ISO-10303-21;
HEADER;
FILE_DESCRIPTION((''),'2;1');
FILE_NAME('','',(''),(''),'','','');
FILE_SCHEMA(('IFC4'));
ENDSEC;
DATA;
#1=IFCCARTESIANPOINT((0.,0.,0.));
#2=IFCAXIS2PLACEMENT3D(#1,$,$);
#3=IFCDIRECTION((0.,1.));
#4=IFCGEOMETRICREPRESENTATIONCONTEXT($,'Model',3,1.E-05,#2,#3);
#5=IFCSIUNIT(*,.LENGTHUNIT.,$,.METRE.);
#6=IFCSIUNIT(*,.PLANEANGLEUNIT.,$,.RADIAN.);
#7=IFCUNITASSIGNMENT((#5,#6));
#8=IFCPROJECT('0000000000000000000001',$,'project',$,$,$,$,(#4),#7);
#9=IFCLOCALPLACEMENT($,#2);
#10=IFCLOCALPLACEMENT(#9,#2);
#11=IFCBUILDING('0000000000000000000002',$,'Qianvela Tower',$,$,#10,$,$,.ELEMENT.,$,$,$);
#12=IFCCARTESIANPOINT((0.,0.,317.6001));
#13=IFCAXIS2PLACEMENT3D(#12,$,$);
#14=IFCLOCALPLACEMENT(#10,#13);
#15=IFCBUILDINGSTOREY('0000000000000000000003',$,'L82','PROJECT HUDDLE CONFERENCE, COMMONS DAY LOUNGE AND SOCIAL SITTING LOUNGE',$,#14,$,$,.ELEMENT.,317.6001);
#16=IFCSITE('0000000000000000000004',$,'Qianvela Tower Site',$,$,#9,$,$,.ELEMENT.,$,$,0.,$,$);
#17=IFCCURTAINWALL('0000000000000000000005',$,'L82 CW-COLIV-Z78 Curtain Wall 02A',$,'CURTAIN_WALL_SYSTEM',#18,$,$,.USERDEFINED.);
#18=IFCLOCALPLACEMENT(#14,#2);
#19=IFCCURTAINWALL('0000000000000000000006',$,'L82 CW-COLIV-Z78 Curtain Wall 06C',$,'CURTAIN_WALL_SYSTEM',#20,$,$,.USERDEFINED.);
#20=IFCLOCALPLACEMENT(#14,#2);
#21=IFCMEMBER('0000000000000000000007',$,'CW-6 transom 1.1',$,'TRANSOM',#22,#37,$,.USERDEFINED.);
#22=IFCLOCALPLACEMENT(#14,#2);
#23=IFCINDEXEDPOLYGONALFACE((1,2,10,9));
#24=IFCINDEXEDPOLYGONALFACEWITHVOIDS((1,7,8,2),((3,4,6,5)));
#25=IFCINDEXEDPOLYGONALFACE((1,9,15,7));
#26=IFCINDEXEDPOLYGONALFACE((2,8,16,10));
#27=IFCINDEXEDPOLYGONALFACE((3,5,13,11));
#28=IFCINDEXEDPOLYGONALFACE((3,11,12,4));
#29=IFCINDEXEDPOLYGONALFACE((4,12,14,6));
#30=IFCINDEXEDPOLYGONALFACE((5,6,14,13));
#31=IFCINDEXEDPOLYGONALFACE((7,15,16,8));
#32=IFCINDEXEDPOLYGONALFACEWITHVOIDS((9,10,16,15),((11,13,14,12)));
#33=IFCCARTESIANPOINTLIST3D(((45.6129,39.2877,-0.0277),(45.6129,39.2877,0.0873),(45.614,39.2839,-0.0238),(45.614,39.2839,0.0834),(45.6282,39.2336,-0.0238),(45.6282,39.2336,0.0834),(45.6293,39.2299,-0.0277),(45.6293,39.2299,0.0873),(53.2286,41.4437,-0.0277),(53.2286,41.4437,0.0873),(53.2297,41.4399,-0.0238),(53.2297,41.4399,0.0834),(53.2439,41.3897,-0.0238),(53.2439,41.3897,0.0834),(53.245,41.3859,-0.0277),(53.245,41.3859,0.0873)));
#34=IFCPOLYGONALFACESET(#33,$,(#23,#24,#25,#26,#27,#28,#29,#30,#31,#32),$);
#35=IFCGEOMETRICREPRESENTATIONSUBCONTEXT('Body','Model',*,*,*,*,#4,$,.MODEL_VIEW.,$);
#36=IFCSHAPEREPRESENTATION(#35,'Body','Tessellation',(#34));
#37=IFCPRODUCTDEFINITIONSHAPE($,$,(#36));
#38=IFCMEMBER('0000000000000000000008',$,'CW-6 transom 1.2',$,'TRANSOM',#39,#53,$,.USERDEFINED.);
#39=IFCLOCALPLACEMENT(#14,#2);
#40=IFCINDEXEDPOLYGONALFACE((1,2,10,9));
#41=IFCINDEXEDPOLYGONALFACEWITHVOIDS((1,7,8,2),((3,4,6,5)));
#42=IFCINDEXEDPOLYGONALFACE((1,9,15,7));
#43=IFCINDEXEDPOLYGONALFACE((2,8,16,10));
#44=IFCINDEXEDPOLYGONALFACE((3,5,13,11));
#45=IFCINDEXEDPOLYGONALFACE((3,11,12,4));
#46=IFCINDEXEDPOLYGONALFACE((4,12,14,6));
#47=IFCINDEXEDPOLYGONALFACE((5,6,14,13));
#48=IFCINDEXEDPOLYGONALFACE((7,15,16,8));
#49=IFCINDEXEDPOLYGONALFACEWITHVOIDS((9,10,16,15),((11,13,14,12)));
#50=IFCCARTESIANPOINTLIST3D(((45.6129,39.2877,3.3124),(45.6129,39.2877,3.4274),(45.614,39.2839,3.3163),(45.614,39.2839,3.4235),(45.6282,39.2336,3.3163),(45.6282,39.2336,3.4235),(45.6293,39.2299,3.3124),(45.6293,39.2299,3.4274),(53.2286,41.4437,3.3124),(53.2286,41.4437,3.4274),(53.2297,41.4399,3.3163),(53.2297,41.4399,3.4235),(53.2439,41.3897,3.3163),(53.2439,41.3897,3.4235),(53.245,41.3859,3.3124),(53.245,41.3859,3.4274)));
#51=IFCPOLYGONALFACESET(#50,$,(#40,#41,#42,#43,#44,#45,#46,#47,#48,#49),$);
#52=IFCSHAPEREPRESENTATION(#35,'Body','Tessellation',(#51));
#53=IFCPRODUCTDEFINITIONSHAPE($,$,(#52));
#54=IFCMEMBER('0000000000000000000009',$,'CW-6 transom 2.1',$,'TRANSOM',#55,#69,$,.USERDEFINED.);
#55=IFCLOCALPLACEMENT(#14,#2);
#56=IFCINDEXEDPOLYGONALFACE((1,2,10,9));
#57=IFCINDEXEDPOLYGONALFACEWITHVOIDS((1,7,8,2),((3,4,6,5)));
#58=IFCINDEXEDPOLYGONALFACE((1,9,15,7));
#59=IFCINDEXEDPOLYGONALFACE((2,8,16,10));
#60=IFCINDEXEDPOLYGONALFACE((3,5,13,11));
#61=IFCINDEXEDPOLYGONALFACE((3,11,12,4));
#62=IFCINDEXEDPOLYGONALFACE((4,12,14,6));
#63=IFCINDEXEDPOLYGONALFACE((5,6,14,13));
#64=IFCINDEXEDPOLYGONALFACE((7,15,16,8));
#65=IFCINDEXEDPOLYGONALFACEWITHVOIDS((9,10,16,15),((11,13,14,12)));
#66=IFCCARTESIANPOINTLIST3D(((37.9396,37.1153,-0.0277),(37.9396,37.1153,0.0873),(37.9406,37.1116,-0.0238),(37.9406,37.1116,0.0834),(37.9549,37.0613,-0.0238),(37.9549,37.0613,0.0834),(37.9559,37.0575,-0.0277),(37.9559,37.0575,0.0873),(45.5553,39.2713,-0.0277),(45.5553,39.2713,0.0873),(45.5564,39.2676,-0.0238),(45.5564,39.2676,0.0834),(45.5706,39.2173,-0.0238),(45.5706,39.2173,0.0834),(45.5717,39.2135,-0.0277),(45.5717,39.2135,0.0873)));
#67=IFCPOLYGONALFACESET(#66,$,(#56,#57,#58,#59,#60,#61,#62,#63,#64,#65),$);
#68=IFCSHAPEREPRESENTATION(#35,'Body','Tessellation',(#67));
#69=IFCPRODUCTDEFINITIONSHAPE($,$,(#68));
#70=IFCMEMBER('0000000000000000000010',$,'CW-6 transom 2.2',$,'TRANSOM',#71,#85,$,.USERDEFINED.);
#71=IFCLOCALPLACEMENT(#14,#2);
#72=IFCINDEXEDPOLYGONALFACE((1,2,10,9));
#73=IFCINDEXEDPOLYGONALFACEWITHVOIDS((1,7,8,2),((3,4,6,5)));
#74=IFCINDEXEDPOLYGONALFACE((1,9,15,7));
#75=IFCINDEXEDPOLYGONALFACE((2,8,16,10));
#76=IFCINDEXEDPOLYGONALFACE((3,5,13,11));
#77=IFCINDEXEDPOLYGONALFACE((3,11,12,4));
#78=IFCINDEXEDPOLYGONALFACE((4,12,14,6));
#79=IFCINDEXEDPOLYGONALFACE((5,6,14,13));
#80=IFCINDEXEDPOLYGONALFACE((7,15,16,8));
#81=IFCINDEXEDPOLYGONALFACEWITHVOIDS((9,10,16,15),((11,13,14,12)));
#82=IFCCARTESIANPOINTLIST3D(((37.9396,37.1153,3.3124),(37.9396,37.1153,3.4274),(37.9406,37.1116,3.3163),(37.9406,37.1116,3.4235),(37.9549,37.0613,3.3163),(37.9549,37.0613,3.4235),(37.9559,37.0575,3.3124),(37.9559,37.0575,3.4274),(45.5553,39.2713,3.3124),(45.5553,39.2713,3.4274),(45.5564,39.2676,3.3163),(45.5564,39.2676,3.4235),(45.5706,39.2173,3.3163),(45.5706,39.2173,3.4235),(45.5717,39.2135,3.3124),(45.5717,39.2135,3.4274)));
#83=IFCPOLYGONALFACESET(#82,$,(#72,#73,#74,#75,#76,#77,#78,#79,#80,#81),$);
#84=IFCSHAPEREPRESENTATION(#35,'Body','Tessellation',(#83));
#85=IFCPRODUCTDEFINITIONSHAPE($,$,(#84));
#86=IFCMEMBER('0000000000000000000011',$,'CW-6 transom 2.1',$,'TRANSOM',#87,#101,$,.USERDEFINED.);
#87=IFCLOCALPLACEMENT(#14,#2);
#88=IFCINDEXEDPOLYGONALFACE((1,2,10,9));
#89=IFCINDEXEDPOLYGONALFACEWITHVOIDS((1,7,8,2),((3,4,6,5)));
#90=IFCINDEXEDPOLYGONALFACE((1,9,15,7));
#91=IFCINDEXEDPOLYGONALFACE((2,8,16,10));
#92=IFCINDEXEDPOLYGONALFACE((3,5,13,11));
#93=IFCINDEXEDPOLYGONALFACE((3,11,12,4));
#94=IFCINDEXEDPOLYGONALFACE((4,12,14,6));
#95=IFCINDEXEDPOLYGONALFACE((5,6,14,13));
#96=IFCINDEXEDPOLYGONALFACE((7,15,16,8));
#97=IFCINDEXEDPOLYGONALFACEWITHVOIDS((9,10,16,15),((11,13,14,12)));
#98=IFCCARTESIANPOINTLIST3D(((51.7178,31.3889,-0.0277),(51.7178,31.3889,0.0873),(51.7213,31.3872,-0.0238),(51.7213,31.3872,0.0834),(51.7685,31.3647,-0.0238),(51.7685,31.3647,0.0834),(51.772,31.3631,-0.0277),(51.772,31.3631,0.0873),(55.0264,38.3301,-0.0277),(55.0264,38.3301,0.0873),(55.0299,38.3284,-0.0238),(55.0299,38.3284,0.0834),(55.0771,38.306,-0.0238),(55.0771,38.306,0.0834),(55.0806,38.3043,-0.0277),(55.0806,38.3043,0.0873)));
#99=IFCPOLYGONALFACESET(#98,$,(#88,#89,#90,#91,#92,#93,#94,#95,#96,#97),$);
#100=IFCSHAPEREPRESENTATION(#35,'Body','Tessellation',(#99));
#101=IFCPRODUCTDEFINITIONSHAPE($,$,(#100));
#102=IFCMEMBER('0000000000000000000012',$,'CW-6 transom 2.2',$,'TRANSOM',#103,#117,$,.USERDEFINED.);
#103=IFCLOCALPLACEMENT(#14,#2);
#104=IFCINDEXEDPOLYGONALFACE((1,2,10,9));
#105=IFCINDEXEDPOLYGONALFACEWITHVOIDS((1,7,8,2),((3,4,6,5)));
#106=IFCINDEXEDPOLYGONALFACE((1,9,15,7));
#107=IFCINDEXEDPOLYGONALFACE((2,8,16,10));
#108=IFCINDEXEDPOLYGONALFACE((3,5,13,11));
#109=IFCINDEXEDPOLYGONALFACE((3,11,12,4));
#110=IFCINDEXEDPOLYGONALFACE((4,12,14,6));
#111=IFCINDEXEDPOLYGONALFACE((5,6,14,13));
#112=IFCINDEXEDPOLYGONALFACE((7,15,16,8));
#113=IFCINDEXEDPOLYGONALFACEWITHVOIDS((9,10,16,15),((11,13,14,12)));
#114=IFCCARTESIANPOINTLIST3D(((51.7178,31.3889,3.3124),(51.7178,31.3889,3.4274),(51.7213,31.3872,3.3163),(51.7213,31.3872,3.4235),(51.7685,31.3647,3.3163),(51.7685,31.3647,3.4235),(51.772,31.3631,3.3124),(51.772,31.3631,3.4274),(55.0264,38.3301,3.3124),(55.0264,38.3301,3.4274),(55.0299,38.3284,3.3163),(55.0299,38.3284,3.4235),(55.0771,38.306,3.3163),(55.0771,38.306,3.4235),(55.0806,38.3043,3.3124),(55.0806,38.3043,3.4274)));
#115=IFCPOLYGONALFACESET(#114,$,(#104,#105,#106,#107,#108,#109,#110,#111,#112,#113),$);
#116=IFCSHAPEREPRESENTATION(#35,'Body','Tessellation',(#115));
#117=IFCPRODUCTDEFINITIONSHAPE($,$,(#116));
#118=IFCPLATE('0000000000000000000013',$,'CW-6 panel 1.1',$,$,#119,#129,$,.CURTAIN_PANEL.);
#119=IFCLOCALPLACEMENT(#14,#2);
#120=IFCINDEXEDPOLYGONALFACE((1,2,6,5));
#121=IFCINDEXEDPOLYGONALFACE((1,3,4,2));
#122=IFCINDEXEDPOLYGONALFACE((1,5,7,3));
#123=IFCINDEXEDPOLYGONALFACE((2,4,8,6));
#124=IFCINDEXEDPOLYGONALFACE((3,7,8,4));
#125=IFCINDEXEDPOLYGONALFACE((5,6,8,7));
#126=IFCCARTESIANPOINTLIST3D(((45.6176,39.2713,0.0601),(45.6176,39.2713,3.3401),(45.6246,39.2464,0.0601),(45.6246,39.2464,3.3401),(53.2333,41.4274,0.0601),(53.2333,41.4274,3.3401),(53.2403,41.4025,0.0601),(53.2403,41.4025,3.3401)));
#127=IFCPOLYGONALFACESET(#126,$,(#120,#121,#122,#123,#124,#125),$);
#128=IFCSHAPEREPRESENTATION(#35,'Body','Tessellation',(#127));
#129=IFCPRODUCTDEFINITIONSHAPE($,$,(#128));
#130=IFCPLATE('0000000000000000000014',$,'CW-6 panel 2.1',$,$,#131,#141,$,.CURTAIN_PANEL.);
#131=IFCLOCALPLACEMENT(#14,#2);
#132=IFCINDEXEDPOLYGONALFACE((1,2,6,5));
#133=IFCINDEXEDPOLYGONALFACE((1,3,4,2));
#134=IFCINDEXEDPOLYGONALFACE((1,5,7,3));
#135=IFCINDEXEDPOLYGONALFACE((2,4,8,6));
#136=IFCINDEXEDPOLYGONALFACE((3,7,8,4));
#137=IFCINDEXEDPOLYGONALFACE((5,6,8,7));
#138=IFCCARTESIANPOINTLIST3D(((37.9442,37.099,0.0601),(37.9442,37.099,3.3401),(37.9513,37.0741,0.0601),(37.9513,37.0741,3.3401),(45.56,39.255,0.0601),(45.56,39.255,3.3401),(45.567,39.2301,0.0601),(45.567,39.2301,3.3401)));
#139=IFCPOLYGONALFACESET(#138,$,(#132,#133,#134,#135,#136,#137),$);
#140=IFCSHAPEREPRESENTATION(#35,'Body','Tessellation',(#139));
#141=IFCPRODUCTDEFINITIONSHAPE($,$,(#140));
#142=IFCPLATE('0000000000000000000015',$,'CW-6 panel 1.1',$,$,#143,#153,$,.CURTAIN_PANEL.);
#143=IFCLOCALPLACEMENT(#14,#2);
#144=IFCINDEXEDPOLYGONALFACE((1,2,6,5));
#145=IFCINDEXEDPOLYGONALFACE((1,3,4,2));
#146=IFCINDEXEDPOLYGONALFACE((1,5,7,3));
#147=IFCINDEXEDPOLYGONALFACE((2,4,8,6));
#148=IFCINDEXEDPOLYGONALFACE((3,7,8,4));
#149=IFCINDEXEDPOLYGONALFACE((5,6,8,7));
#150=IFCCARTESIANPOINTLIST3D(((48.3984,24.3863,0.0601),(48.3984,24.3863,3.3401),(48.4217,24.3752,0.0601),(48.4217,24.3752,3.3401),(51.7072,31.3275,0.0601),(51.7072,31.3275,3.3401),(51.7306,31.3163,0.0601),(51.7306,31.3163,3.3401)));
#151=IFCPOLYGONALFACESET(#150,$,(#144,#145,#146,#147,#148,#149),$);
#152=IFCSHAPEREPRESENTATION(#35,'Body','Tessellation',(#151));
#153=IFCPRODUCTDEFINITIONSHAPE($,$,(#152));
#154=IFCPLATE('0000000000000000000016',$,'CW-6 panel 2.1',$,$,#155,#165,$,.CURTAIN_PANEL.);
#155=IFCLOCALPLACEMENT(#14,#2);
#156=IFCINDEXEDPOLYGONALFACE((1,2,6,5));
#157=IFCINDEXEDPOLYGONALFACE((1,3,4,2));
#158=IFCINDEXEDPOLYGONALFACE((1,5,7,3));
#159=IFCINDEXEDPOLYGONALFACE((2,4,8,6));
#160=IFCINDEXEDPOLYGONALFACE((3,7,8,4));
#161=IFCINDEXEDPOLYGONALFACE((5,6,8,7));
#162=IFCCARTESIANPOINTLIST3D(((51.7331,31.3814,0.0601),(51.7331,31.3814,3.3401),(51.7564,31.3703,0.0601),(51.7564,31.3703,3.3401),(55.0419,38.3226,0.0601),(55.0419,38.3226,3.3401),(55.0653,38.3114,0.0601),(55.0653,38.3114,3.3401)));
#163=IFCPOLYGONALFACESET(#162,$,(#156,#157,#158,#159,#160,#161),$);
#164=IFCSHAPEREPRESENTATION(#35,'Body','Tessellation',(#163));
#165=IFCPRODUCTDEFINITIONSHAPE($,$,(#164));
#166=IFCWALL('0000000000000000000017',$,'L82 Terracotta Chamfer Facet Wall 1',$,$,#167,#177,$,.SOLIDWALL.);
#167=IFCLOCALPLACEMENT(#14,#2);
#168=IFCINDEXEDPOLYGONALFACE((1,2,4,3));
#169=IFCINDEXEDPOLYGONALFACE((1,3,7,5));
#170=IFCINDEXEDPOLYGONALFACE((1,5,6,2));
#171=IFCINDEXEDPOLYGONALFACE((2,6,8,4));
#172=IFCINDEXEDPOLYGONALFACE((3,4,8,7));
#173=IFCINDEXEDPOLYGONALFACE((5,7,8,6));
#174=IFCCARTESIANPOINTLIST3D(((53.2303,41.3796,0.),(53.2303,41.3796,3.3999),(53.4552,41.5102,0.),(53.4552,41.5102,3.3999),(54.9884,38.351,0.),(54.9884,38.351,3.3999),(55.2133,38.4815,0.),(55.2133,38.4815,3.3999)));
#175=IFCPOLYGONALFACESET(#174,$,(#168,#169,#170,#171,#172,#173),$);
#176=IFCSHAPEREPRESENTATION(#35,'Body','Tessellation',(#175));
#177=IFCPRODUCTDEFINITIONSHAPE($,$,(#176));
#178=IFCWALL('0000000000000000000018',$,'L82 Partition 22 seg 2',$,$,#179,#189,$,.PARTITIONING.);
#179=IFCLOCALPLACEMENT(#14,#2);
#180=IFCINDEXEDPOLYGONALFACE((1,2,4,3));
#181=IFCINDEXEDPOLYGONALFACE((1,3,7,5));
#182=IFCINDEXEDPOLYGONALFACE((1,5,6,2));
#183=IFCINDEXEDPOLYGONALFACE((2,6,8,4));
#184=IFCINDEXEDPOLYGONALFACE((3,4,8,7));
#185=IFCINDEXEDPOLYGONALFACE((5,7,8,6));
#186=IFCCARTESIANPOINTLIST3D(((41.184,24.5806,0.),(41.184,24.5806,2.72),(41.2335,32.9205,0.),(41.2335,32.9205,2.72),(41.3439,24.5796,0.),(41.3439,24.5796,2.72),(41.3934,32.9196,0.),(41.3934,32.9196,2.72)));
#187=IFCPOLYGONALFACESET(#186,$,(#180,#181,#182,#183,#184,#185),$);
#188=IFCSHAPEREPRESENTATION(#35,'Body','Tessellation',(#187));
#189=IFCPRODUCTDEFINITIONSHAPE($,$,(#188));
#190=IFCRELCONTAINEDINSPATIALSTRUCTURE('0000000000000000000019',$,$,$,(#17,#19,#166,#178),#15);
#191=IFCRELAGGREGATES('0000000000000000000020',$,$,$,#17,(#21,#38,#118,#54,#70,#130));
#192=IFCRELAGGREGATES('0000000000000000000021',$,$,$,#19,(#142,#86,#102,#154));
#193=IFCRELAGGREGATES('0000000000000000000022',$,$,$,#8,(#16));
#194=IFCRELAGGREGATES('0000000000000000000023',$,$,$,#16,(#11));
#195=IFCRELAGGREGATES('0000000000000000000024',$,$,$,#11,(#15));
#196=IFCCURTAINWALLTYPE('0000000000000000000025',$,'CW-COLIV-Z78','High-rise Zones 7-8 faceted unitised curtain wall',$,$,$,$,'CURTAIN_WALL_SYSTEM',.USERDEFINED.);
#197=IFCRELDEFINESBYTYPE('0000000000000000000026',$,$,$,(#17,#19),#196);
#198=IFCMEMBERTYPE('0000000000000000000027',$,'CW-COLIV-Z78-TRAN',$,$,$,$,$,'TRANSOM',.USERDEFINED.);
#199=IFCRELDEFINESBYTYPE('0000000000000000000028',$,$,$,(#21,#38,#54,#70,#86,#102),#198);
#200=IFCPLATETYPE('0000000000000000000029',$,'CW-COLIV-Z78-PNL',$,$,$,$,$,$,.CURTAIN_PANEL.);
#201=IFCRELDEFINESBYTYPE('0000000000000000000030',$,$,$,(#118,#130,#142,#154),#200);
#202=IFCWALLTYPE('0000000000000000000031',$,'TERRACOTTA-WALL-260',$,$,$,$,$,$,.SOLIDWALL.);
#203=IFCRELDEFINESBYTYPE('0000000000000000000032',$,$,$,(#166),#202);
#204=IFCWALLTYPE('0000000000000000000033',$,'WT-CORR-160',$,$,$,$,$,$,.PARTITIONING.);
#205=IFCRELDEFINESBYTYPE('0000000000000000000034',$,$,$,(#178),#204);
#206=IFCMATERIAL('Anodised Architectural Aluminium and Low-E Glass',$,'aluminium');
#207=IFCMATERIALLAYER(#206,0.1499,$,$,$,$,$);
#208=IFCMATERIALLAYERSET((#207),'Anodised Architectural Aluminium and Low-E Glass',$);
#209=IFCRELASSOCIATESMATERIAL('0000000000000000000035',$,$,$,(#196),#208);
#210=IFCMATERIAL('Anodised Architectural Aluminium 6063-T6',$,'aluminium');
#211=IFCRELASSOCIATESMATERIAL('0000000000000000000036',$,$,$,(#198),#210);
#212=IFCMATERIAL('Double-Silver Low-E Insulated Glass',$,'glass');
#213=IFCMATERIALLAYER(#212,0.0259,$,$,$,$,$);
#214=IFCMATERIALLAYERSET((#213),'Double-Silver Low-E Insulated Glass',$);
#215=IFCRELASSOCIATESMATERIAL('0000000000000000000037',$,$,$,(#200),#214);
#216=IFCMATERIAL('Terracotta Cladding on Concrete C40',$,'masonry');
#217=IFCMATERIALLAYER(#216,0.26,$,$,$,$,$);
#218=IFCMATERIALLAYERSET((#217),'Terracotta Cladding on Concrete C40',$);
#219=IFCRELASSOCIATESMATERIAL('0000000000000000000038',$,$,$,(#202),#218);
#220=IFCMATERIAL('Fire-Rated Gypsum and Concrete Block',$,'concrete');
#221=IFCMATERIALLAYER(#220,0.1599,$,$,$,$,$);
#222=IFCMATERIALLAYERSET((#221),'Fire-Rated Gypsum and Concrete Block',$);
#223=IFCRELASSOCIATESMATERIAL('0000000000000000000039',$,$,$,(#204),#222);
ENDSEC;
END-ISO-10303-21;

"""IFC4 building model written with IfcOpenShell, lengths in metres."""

from ifc_helpers import new_model, si_unit, direction, frame, frame_2d, origin, origin_2d, place, context, subcontext, project, spatial, rectangle, hollow_rectangle, extrude, material, layer, layer_set, material_profile, profile_set, type_object, element, aggregate, save


model = new_model("IFC4")

# Units and contexts
model_context = context("Model", 3, precision=1e-05, world=origin(), true_north=direction((0.0, 1.0)))
body_context = subcontext(model_context, "Body", "Model", "MODEL_VIEW")
ifc_project = project(units=[si_unit("LENGTHUNIT", "METRE"), si_unit("PLANEANGLEUNIT", "RADIAN")], contexts=[model_context])

# Site, building, storey
site_placement = place(None, origin())
site = spatial("IfcSite", under=ifc_project, at=site_placement, Name="Qianvela Tower Site", CompositionType="ELEMENT", RefElevation=0.0)
building_placement = place(site_placement, origin())
building = spatial("IfcBuilding", under=site, at=building_placement, Name="Qianvela Tower", CompositionType="ELEMENT")
storey_placement = place(building_placement, frame((0.0, 0.0, 317.6001)))
storey = spatial("IfcBuildingStorey", under=building, at=storey_placement, Name="L82", Description="PROJECT HUDDLE CONFERENCE, COMMONS DAY LOUNGE AND SOCIAL SITTING LOUNGE", CompositionType="ELEMENT", Elevation=317.6001)

# Curtain walls
ifc_material_1 = material(Name="Anodised Architectural Aluminium and Low-E Glass", Category="aluminium")
ifc_layer_1 = layer(ifc_material_1, 0.1499)
ifc_layer_set_1 = layer_set([ifc_layer_1], Name="Anodised Architectural Aluminium and Low-E Glass")
curtain_wall_type = type_object("IfcCurtainWallType", Name="CW-COLIV-Z78", Description="High-rise Zones 7-8 faceted unitised curtain wall", ElementType="CURTAIN_WALL_SYSTEM", PredefinedType="USERDEFINED", material=ifc_layer_set_1)
curtain_wall_1_placement = place(storey_placement, origin())
curtain_wall_1 = element("IfcCurtainWall", 1, at=curtain_wall_1_placement, inside=storey, type_object=curtain_wall_type, Name="L82 CW-COLIV-Z78 Curtain Wall 02A", ObjectType="CURTAIN_WALL_SYSTEM", PredefinedType="USERDEFINED")
curtain_wall_2_placement = place(storey_placement, origin())
curtain_wall_2 = element("IfcCurtainWall", 2, at=curtain_wall_2_placement, inside=storey, type_object=curtain_wall_type, Name="L82 CW-COLIV-Z78 Curtain Wall 06C", ObjectType="CURTAIN_WALL_SYSTEM", PredefinedType="USERDEFINED")

# Members
ifc_material_2 = material(Name="Anodised Architectural Aluminium 6063-T6", Category="aluminium")
ifc_material_profile_1 = material_profile(ifc_material_2, hollow_rectangle(XDim=0.0601, YDim=0.115, WallThickness=0.0039, at=origin_2d()), Name="ALU-TRAN-60x115")
ifc_profile_set_1 = profile_set([ifc_material_profile_1], Name="Anodised Architectural Aluminium 6063-T6")
member_type_1 = type_object("IfcMemberType", Name="CW-COLIV-Z78-TRAN", ElementType="TRANSOM", PredefinedType="USERDEFINED", material=ifc_profile_set_1)
member_1_placement = place(storey_placement, frame((53.2368, 41.4148, 0.0298), z_axis=(-0.962186, -0.272394, 0.0), x_axis=(0.272394, -0.962186, 0.0)))
member_1 = element("IfcMember", 3, at=member_1_placement, type_object=member_type_1, Name="CW-6 transom 1.1", ObjectType="TRANSOM", PredefinedType="USERDEFINED", context=body_context, shape_type="SweptSolid", body=[
    extrude(hollow_rectangle(XDim=0.0601, YDim=0.115, WallThickness=0.0039, at=origin_2d()), origin(), (0.0, 0.0, 1.0), 7.915),
])
member_2_placement = place(storey_placement, frame((53.2368, 41.4148, 3.3699), z_axis=(-0.962186, -0.272394, 0.0), x_axis=(0.272394, -0.962186, 0.0)))
member_2 = element("IfcMember", 4, at=member_2_placement, type_object=member_type_1, Name="CW-6 transom 1.2", ObjectType="TRANSOM", PredefinedType="USERDEFINED", context=body_context, shape_type="SweptSolid", body=[
    extrude(hollow_rectangle(XDim=0.0601, YDim=0.115, WallThickness=0.0039, at=origin_2d()), origin(), (0.0, 0.0, 1.0), 7.915),
])
member_3_placement = place(storey_placement, frame((45.5635, 39.2424, 0.0298), z_axis=(-0.962186, -0.272394, 0.0), x_axis=(0.272394, -0.962186, 0.0)))
member_3 = element("IfcMember", 5, at=member_3_placement, type_object=member_type_1, Name="CW-6 transom 2.1", ObjectType="TRANSOM", PredefinedType="USERDEFINED", context=body_context, shape_type="SweptSolid", body=[
    extrude(hollow_rectangle(XDim=0.0601, YDim=0.115, WallThickness=0.0039, at=origin_2d()), origin(), (0.0, 0.0, 1.0), 7.915),
])
member_4_placement = place(storey_placement, frame((45.5635, 39.2424, 3.3699), z_axis=(-0.962186, -0.272394, 0.0), x_axis=(0.272394, -0.962186, 0.0)))
member_4 = element("IfcMember", 6, at=member_4_placement, type_object=member_type_1, Name="CW-6 transom 2.2", ObjectType="TRANSOM", PredefinedType="USERDEFINED", context=body_context, shape_type="SweptSolid", body=[
    extrude(hollow_rectangle(XDim=0.0601, YDim=0.115, WallThickness=0.0039, at=origin_2d()), origin(), (0.0, 0.0, 1.0), 7.915),
])
member_5_placement = place(storey_placement, frame((51.7449, 31.376, 0.0298), z_axis=(0.430281, 0.902695, 0.0), x_axis=(-0.902695, 0.430281, 0.0)))
member_5 = element("IfcMember", 7, at=member_5_placement, type_object=member_type_1, Name="CW-6 transom 2.1", ObjectType="TRANSOM", PredefinedType="USERDEFINED", context=body_context, shape_type="SweptSolid", body=[
    extrude(hollow_rectangle(XDim=0.0601, YDim=0.115, WallThickness=0.0039, at=origin_2d()), origin(), (0.0, 0.0, 1.0), 7.6895),
])
member_6_placement = place(storey_placement, frame((51.7449, 31.376, 3.3699), z_axis=(0.430281, 0.902695, 0.0), x_axis=(-0.902695, 0.430281, 0.0)))
member_6 = element("IfcMember", 8, at=member_6_placement, type_object=member_type_1, Name="CW-6 transom 2.2", ObjectType="TRANSOM", PredefinedType="USERDEFINED", context=body_context, shape_type="SweptSolid", body=[
    extrude(hollow_rectangle(XDim=0.0601, YDim=0.115, WallThickness=0.0039, at=origin_2d()), origin(), (0.0, 0.0, 1.0), 7.6895),
])

# Plates
ifc_material_3 = material(Name="Double-Silver Low-E Insulated Glass", Category="glass")
ifc_layer_2 = layer(ifc_material_3, 0.0259)
ifc_layer_set_2 = layer_set([ifc_layer_2], Name="Double-Silver Low-E Insulated Glass")
plate_type = type_object("IfcPlateType", Name="CW-COLIV-Z78-PNL", PredefinedType="CURTAIN_PANEL", material=ifc_layer_set_2)
plate_1_placement = place(storey_placement, frame((49.429, 40.3369, 0.0601), z_axis=(0.0, 0.0, 1.0), x_axis=(-0.962185, -0.272398, 0.0)))
plate_1 = element("IfcPlate", 9, at=plate_1_placement, type_object=plate_type, Name="CW-6 panel 1.1", PredefinedType="CURTAIN_PANEL", context=body_context, shape_type="SweptSolid", body=[
    extrude(rectangle(XDim=7.915, YDim=0.0259, at=origin_2d()), origin(), (0.0, 0.0, 1.0), 3.28),
])
plate_2_placement = place(storey_placement, frame((41.7556, 38.1646, 0.0601), z_axis=(0.0, 0.0, 1.0), x_axis=(-0.962185, -0.272398, 0.0)))
plate_2 = element("IfcPlate", 10, at=plate_2_placement, type_object=plate_type, Name="CW-6 panel 2.1", PredefinedType="CURTAIN_PANEL", context=body_context, shape_type="SweptSolid", body=[
    extrude(rectangle(XDim=7.915, YDim=0.0259, at=origin_2d()), origin(), (0.0, 0.0, 1.0), 3.28),
])
aggregate(curtain_wall_1, [member_1, member_2, plate_1, member_3, member_4, plate_2])
plate_3_placement = place(storey_placement, frame((50.0645, 27.8513, 0.0601), z_axis=(0.0, 0.0, 1.0), x_axis=(0.430308, 0.902682, 0.0)))
plate_3 = element("IfcPlate", 11, at=plate_3_placement, type_object=plate_type, Name="CW-6 panel 1.1", PredefinedType="CURTAIN_PANEL", context=body_context, shape_type="SweptSolid", body=[
    extrude(rectangle(XDim=7.6895, YDim=0.0259, at=origin_2d()), origin(), (0.0, 0.0, 1.0), 3.28),
])
plate_4_placement = place(storey_placement, frame((53.3992, 34.8464, 0.0601), z_axis=(0.0, 0.0, 1.0), x_axis=(0.430308, 0.902682, 0.0)))
plate_4 = element("IfcPlate", 12, at=plate_4_placement, type_object=plate_type, Name="CW-6 panel 2.1", PredefinedType="CURTAIN_PANEL", context=body_context, shape_type="SweptSolid", body=[
    extrude(rectangle(XDim=7.6895, YDim=0.0259, at=origin_2d()), origin(), (0.0, 0.0, 1.0), 3.28),
])
aggregate(curtain_wall_2, [plate_3, member_5, member_6, plate_4])

# Wall
ifc_material_4 = material(Name="Terracotta Cladding on Concrete C40", Category="masonry")
ifc_layer_3 = layer(ifc_material_4, 0.26)
ifc_layer_set_3 = layer_set([ifc_layer_3], Name="Terracotta Cladding on Concrete C40")
wall_type_1 = type_object("IfcWallType", Name="TERRACOTTA-WALL-260", PredefinedType="SOLIDWALL", material=ifc_layer_set_3)
wall_1_placement = place(storey_placement, frame((55.1008, 38.4163, 0.0), z_axis=(0.0, 0.0, 1.0), x_axis=(-0.502036, 0.864847, 0.0)))
element("IfcWall", 13, at=wall_1_placement, inside=storey, type_object=wall_type_1, Name="L82 Terracotta Chamfer Facet Wall 1", PredefinedType="SOLIDWALL", context=body_context, shape_type="SweptSolid", body=[
    extrude(rectangle(XDim=3.502, YDim=0.26, at=frame_2d((1.751, 0.0))), origin(), (0.0, 0.0, 1.0), 3.3999),
])

# Shared definitions
ifc_material_5 = material(Name="Fire-Rated Gypsum and Concrete Block", Category="concrete")
ifc_layer_4 = layer(ifc_material_5, 0.1599)
ifc_layer_set_4 = layer_set([ifc_layer_4], Name="Fire-Rated Gypsum and Concrete Block")
wall_type_2 = type_object("IfcWallType", Name="WT-CORR-160", PredefinedType="PARTITIONING", material=ifc_layer_set_4)

# Wall
wall_2_placement = place(storey_placement, frame((41.3135, 32.9199, 0.0), z_axis=(0.0, 0.0, 1.0), x_axis=(-0.005943, -0.999982, 0.0)))
element("IfcWall", 14, at=wall_2_placement, inside=storey, type_object=wall_type_2, Name="L82 Partition 22 seg 2", PredefinedType="PARTITIONING", context=body_context, shape_type="SweptSolid", body=[
    extrude(rectangle(XDim=8.3401, YDim=0.1599, at=frame_2d((4.1699, 0.0))), origin(), (0.0, 0.0, 1.0), 2.72),
])

save(model, "model.ifc")
